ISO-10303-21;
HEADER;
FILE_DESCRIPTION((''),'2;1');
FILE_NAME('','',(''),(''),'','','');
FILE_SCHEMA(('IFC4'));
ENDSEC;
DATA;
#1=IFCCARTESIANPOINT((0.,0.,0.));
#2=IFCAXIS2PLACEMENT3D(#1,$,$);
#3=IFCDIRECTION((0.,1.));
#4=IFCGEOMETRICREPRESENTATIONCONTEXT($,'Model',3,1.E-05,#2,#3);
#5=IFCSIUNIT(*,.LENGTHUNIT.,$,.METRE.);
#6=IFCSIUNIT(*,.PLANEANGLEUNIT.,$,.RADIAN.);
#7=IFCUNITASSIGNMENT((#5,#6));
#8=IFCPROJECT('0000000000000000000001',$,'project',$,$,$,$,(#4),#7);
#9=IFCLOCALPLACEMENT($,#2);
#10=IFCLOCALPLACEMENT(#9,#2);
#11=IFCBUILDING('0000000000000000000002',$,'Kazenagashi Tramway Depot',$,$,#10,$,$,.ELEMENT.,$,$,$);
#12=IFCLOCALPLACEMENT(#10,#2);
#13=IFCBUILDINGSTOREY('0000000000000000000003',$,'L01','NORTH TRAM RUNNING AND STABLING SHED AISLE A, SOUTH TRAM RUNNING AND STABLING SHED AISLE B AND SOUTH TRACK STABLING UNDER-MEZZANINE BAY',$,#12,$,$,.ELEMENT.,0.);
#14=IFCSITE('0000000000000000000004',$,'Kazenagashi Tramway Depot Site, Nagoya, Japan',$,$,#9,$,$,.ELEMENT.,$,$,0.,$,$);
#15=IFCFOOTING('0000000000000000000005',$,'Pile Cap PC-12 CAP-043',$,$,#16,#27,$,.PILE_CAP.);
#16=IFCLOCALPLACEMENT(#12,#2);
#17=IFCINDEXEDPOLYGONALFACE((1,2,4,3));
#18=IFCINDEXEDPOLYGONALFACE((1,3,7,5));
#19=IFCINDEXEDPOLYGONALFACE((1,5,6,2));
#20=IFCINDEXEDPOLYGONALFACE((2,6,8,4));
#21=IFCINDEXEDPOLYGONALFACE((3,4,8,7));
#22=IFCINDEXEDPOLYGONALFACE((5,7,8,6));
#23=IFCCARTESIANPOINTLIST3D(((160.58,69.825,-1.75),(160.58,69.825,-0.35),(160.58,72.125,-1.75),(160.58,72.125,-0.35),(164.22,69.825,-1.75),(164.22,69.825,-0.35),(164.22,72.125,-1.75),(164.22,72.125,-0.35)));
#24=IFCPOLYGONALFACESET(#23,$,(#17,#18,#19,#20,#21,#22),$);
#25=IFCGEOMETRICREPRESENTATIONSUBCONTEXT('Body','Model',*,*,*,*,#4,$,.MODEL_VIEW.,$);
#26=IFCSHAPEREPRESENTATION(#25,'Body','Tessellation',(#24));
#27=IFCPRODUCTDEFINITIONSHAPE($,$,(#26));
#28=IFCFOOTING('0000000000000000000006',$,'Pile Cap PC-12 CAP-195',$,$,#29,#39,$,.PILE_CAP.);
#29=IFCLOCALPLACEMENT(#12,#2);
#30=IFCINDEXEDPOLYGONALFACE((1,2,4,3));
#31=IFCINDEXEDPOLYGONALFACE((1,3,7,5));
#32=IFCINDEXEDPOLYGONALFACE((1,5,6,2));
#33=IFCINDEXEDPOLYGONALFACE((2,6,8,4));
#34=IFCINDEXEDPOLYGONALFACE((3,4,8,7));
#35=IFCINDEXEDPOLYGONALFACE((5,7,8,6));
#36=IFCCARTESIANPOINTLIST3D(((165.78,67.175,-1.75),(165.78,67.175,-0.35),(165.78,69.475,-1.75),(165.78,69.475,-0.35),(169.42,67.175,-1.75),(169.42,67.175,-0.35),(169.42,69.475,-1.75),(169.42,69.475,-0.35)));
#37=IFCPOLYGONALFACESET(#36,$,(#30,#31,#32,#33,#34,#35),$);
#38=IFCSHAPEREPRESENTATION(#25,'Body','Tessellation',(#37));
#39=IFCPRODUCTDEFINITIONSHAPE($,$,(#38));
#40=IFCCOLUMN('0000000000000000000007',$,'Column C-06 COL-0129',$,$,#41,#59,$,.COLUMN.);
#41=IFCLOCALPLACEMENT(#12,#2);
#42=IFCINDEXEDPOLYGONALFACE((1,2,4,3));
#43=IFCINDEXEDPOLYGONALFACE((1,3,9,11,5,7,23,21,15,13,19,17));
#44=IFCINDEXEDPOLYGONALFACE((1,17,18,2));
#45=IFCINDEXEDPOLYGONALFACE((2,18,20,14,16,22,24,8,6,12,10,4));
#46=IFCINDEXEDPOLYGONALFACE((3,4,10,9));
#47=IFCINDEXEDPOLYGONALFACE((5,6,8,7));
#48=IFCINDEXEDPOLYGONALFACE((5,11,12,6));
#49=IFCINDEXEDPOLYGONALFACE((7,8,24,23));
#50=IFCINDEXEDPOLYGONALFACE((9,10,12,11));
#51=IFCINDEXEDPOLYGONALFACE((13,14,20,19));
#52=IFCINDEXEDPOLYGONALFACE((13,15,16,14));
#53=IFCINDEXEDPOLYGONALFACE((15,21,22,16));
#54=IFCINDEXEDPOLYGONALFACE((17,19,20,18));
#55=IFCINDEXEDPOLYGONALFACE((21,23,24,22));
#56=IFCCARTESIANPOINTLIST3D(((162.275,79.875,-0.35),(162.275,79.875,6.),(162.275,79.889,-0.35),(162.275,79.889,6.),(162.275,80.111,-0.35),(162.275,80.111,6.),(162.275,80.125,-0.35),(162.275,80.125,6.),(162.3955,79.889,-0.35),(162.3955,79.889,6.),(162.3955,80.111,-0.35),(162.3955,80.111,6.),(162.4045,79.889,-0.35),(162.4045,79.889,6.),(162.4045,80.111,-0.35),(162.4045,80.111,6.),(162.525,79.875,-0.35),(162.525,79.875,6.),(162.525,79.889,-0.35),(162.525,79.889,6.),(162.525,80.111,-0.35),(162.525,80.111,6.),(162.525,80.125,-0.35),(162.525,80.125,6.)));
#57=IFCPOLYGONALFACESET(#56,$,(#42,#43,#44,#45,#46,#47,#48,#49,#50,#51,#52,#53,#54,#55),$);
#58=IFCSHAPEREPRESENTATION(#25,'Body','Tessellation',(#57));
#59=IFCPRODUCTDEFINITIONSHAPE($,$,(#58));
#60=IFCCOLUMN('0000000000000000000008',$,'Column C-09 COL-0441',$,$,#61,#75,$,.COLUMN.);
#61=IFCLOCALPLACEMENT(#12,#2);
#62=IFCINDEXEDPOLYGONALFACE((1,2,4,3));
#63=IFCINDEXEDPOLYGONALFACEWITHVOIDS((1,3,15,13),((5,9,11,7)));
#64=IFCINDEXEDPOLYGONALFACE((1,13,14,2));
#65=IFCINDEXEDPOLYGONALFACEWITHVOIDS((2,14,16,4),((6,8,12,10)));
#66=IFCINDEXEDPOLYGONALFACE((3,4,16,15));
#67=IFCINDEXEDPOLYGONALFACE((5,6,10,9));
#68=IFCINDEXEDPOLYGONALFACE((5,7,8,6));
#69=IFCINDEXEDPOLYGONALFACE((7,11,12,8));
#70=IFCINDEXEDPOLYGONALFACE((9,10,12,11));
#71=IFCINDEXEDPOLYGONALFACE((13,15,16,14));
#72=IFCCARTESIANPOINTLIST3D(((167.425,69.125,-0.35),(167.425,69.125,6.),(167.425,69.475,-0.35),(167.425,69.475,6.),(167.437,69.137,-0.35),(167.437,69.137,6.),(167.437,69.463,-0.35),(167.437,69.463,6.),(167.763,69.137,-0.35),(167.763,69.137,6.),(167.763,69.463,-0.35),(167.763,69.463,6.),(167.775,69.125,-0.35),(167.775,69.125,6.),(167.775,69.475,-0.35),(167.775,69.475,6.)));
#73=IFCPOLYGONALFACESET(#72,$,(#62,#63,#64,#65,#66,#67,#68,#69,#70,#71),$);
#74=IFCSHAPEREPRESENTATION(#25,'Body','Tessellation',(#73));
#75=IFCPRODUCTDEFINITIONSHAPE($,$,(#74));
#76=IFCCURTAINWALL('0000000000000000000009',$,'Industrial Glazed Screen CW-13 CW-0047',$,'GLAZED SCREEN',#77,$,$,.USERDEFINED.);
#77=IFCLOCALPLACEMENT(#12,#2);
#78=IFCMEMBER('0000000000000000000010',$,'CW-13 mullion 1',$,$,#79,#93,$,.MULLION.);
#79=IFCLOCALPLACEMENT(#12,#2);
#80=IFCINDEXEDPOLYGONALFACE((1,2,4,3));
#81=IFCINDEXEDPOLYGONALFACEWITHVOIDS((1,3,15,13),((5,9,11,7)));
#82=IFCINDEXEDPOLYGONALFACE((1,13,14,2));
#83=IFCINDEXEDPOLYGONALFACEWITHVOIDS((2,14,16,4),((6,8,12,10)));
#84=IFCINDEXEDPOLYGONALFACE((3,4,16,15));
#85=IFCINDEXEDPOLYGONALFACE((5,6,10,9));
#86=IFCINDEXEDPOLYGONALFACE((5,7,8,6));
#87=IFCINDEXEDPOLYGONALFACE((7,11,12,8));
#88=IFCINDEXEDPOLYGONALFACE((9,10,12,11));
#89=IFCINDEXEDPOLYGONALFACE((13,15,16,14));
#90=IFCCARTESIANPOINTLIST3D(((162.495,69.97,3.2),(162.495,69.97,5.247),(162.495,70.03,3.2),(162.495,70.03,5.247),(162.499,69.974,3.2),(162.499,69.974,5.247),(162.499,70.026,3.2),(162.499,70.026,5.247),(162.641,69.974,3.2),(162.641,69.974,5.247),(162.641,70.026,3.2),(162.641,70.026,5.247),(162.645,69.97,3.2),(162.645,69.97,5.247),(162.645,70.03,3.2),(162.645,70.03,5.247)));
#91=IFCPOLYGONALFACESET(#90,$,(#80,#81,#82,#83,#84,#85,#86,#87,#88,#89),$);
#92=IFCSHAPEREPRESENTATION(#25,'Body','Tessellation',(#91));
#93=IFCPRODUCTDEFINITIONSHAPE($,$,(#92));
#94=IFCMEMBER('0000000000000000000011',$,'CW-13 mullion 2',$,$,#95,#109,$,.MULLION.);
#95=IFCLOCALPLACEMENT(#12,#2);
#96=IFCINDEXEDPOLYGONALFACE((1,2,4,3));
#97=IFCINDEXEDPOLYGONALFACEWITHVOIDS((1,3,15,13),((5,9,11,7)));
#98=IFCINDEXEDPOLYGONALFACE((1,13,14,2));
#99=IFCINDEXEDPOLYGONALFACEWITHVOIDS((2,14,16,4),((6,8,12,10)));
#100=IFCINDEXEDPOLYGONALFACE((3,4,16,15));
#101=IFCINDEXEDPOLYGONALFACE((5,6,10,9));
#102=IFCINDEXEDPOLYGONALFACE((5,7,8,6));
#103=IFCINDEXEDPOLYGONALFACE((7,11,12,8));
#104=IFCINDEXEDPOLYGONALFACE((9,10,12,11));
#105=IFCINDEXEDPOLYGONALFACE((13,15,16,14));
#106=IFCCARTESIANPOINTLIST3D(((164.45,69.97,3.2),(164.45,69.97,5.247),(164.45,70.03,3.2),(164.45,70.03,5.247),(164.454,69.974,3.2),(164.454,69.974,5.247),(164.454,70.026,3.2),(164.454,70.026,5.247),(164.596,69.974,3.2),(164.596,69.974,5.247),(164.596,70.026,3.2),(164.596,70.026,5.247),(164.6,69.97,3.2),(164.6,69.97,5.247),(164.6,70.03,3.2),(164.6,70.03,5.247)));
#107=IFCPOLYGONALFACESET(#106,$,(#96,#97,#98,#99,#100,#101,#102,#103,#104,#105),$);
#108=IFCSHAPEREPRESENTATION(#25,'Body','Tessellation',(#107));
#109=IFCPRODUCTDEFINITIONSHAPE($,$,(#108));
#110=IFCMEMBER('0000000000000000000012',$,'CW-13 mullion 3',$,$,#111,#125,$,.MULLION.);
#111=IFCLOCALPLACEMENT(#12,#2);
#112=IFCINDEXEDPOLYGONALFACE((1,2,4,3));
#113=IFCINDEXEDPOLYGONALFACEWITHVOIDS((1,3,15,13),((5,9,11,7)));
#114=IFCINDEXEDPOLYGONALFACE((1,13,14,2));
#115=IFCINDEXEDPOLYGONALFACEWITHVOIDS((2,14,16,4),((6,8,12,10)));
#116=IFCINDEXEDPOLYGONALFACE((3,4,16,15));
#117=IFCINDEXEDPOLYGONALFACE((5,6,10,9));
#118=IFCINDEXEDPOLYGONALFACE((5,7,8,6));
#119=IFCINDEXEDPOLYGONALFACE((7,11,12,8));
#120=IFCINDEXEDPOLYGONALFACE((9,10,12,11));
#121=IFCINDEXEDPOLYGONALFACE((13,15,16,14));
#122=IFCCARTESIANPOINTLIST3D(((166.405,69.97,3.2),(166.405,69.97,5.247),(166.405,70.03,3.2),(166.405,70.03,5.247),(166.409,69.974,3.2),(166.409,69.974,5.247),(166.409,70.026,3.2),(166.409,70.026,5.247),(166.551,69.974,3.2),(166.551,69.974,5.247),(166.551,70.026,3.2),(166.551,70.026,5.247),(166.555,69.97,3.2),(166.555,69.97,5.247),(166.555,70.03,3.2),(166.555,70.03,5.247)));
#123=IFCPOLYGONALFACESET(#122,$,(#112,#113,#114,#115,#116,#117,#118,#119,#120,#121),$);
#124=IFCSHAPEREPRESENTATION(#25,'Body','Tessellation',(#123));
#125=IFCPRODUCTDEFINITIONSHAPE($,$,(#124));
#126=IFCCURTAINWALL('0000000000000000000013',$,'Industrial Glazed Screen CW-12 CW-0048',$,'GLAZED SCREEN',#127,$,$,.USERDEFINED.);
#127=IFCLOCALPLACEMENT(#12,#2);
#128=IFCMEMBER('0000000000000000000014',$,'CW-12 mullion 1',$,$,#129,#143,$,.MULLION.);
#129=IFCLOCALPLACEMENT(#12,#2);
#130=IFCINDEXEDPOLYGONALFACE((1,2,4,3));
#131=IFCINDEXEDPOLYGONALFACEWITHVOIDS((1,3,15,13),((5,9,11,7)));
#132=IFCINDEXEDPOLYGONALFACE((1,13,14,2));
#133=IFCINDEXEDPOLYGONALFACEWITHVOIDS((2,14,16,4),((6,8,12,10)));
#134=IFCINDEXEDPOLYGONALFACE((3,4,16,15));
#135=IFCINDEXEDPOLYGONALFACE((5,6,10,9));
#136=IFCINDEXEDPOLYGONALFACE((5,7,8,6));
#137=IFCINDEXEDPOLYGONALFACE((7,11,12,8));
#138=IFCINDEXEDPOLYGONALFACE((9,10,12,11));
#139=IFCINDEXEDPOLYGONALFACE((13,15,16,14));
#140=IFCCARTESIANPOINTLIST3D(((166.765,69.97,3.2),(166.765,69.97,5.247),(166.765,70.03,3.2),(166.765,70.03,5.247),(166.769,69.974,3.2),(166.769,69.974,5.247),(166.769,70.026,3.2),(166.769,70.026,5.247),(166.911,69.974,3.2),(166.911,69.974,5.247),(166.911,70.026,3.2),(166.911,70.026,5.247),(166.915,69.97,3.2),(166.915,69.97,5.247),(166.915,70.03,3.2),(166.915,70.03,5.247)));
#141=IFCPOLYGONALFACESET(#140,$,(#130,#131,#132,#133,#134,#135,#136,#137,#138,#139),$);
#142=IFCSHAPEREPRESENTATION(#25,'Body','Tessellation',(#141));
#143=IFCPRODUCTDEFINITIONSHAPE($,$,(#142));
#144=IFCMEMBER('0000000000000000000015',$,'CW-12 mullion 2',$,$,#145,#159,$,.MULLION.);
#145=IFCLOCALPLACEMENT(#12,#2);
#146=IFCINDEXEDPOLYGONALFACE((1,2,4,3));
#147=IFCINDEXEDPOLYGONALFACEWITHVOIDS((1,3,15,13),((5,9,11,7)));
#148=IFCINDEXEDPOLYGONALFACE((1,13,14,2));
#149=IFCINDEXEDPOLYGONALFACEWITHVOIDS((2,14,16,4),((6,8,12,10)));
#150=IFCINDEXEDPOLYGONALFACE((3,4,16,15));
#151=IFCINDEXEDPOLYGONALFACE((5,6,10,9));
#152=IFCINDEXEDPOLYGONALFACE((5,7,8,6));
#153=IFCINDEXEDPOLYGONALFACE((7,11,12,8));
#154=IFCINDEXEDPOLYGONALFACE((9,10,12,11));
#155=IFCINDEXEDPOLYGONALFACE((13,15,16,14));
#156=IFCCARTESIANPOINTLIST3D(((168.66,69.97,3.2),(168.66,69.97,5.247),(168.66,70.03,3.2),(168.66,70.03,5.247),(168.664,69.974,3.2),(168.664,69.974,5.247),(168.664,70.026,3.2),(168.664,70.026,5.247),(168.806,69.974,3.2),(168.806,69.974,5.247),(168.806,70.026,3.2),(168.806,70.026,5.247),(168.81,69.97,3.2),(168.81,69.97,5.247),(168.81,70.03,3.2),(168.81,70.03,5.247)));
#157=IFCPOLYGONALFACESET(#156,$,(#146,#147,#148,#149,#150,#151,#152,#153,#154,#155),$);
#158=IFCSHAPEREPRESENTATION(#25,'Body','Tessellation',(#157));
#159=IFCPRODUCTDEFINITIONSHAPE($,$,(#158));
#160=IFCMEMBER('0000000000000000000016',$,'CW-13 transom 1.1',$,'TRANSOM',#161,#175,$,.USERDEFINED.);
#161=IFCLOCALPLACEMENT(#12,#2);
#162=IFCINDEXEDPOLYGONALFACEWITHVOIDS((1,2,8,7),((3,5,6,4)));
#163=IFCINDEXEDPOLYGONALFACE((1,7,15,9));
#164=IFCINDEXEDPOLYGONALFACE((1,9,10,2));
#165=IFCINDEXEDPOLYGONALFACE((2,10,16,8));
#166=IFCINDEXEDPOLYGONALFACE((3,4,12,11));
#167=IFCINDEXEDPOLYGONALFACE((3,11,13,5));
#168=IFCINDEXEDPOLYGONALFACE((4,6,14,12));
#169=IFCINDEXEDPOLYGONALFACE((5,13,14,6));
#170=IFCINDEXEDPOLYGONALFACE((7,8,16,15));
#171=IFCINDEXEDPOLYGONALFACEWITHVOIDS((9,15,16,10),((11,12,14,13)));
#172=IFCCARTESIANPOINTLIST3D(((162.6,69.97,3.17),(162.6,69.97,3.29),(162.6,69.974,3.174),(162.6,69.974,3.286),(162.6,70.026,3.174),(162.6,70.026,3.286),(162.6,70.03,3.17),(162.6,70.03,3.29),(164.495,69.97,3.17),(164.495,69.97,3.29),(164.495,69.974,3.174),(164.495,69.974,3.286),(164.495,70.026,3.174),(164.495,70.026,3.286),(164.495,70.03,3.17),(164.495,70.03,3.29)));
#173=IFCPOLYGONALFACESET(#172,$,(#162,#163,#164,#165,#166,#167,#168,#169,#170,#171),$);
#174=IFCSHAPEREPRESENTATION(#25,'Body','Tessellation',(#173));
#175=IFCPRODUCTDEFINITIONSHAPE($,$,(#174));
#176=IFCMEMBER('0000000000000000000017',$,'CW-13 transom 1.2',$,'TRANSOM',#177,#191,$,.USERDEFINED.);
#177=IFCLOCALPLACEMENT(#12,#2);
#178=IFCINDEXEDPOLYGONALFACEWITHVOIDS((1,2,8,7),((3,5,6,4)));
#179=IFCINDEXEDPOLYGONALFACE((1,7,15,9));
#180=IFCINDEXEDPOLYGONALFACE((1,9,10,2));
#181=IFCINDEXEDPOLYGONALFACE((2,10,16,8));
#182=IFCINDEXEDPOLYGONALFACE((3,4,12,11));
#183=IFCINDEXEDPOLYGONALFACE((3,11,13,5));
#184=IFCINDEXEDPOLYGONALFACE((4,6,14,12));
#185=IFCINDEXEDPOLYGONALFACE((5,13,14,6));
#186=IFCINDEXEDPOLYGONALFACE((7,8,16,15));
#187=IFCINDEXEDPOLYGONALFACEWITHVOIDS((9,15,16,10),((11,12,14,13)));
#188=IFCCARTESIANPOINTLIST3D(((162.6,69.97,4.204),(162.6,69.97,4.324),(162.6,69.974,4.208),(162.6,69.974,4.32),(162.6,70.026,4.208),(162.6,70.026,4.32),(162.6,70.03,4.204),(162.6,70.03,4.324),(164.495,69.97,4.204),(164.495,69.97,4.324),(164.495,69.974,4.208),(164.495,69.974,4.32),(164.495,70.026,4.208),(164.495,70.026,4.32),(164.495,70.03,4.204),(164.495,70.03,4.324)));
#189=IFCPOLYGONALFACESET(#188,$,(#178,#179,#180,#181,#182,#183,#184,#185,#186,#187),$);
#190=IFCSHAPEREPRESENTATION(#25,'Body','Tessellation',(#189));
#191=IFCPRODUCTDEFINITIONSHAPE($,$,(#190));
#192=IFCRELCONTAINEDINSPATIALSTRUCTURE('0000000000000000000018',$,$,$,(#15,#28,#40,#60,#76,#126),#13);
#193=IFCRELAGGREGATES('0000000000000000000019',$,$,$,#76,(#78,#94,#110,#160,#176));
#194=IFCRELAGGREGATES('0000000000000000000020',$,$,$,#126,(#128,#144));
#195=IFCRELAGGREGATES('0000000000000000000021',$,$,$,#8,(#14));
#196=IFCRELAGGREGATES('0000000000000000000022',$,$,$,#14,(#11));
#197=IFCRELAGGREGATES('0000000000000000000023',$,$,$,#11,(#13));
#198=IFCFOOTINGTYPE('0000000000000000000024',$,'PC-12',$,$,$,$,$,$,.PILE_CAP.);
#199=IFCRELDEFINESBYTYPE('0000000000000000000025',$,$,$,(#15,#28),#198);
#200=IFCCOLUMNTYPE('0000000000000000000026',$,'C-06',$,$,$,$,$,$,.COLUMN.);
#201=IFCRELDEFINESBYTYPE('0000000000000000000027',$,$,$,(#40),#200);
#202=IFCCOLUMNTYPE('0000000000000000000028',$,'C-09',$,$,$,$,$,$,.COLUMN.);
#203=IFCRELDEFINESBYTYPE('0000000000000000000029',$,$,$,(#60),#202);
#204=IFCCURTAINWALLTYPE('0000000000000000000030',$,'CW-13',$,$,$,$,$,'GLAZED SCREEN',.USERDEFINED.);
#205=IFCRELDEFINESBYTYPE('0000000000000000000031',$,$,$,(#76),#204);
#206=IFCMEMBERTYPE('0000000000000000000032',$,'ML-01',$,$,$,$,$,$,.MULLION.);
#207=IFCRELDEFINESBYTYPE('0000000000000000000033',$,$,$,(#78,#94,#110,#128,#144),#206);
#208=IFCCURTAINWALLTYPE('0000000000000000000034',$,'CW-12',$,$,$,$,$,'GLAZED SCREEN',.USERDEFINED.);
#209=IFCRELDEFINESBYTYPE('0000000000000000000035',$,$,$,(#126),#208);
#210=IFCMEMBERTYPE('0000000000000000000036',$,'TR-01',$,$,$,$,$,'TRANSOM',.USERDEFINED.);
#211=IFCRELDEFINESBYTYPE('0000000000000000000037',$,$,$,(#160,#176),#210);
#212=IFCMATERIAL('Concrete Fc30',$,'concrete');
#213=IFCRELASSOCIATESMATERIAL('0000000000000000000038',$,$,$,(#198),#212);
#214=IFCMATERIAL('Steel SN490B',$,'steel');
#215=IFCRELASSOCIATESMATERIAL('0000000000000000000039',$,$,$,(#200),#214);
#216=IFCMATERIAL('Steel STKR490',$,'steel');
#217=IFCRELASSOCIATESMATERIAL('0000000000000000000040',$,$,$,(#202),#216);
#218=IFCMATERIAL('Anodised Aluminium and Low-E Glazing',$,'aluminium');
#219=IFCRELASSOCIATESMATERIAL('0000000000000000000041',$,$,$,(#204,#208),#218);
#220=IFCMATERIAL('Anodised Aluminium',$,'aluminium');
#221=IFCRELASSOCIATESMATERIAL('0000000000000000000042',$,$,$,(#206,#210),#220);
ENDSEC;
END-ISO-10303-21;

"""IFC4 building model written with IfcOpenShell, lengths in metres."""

from ifc_helpers import new_model, si_unit, direction, frame, origin, origin_2d, place, context, subcontext, project, spatial, rectangle, hollow_rectangle, i_section, extrude, material, material_profile, profile_set, type_object, element, aggregate, save


model = new_model("IFC4")

# Units and contexts
model_context = context("Model", 3, precision=1e-05, world=origin(), true_north=direction((0.0, 1.0)))
body_context = subcontext(model_context, "Body", "Model", "MODEL_VIEW")
ifc_project = project(units=[si_unit("LENGTHUNIT", "METRE"), si_unit("PLANEANGLEUNIT", "RADIAN")], contexts=[model_context])

# Site, building, storey
site_placement = place(None, origin())
site = spatial("IfcSite", under=ifc_project, at=site_placement, Name="Kazenagashi Tramway Depot Site, Nagoya, Japan", CompositionType="ELEMENT", RefElevation=0.0)
building_placement = place(site_placement, origin())
building = spatial("IfcBuilding", under=site, at=building_placement, Name="Kazenagashi Tramway Depot", CompositionType="ELEMENT")
storey_placement = place(building_placement, origin())
storey = spatial("IfcBuildingStorey", under=building, at=storey_placement, Name="L01", Description="NORTH TRAM RUNNING AND STABLING SHED AISLE A, SOUTH TRAM RUNNING AND STABLING SHED AISLE B AND SOUTH TRACK STABLING UNDER-MEZZANINE BAY", CompositionType="ELEMENT", Elevation=0.0)

# Shared definitions
ifc_material_1 = material(Name="Concrete Fc30", Category="concrete")

# Footings
footing_type_1 = type_object("IfcFootingType", Name="PC-12", PredefinedType="PILE_CAP", material=ifc_material_1)
for number, where, z_axis, x_axis, name in (
    (1, (162.4, 70.975, -1.75), (0.0, 0.0, 1.0), (1.0, 0.0, 0.0), "Pile Cap PC-12 CAP-043"),
    (2, (167.6, 68.325, -1.75), (0.0, 0.0, 1.0), (1.0, 0.0, 0.0), "Pile Cap PC-12 CAP-195"),
):
    element("IfcFooting", number, at=place(storey_placement, frame(where, z_axis=z_axis, x_axis=x_axis)), inside=storey, type_object=footing_type_1, Name=name, PredefinedType="PILE_CAP", context=body_context, shape_type="SweptSolid", body=[
        extrude(rectangle(XDim=3.64, YDim=2.3, at=origin_2d()), origin(), (0.0, 0.0, 1.0), 1.4),
    ])

# Columns
ifc_material_2 = material(Name="Steel SN490B", Category="steel")
ifc_material_profile_1 = material_profile(ifc_material_2, i_section(OverallWidth=0.25, OverallDepth=0.25, WebThickness=0.009, FlangeThickness=0.014, at=origin_2d()), Name="H-250x250x9x14")
ifc_profile_set_1 = profile_set([ifc_material_profile_1], Name="Steel SN490B")
column_type_1 = type_object("IfcColumnType", Name="C-06", PredefinedType="COLUMN", material=ifc_profile_set_1)
column_1_placement = place(storey_placement, frame((162.4, 80.0, -0.35), z_axis=(0.0, 0.0, 1.0), x_axis=(1.0, 0.0, 0.0)))
element("IfcColumn", 3, at=column_1_placement, inside=storey, type_object=column_type_1, Name="Column C-06 COL-0129", PredefinedType="COLUMN", context=body_context, shape_type="SweptSolid", body=[
    extrude(i_section(OverallWidth=0.25, OverallDepth=0.25, WebThickness=0.009, FlangeThickness=0.014, at=origin_2d()), origin(), (0.0, 0.0, 1.0), 6.35),
])
ifc_material_3 = material(Name="Steel STKR490", Category="steel")
ifc_material_profile_2 = material_profile(ifc_material_3, hollow_rectangle(XDim=0.35, YDim=0.35, WallThickness=0.012, at=origin_2d()), Name="SHS-350x350x12")
ifc_profile_set_2 = profile_set([ifc_material_profile_2], Name="Steel STKR490")
column_type_2 = type_object("IfcColumnType", Name="C-09", PredefinedType="COLUMN", material=ifc_profile_set_2)
column_2_placement = place(storey_placement, frame((167.6, 69.3, -0.35), z_axis=(0.0, 0.0, 1.0), x_axis=(1.0, 0.0, 0.0)))
element("IfcColumn", 4, at=column_2_placement, inside=storey, type_object=column_type_2, Name="Column C-09 COL-0441", PredefinedType="COLUMN", context=body_context, shape_type="SweptSolid", body=[
    extrude(hollow_rectangle(XDim=0.35, YDim=0.35, WallThickness=0.012, at=origin_2d()), origin(), (0.0, 0.0, 1.0), 6.35),
])

# Curtain walls, members
ifc_material_4 = material(Name="Anodised Aluminium and Low-E Glazing", Category="aluminium")
curtain_wall_type_1 = type_object("IfcCurtainWallType", Name="CW-13", ElementType="GLAZED SCREEN", PredefinedType="USERDEFINED", material=ifc_material_4)
curtain_wall_1_placement = place(storey_placement, origin())
curtain_wall_1 = element("IfcCurtainWall", 5, at=curtain_wall_1_placement, inside=storey, type_object=curtain_wall_type_1, Name="Industrial Glazed Screen CW-13 CW-0047", ObjectType="GLAZED SCREEN", PredefinedType="USERDEFINED")
ifc_material_5 = material(Name="Anodised Aluminium", Category="aluminium")
ifc_material_profile_3 = material_profile(ifc_material_5, hollow_rectangle(XDim=0.06, YDim=0.15, WallThickness=0.004, at=origin_2d()), Name="RHS-150x60x4")
ifc_profile_set_3 = profile_set([ifc_material_profile_3], Name="Anodised Aluminium")
member_type_1 = type_object("IfcMemberType", Name="ML-01", PredefinedType="MULLION", material=ifc_profile_set_3)
member_1_placement = place(storey_placement, frame((162.57, 70.0, 3.2), z_axis=(0.0, 0.0, 1.0), x_axis=(0.0, 1.0, 0.0)))
member_1 = element("IfcMember", 6, at=member_1_placement, type_object=member_type_1, Name="CW-13 mullion 1", PredefinedType="MULLION", context=body_context, shape_type="SweptSolid", body=[
    extrude(hollow_rectangle(XDim=0.06, YDim=0.15, WallThickness=0.004, at=origin_2d()), origin(), (0.0, 0.0, 1.0), 2.047),
])
member_2_placement = place(storey_placement, frame((164.525, 70.0, 3.2), z_axis=(0.0, 0.0, 1.0), x_axis=(0.0, 1.0, 0.0)))
member_2 = element("IfcMember", 7, at=member_2_placement, type_object=member_type_1, Name="CW-13 mullion 2", PredefinedType="MULLION", context=body_context, shape_type="SweptSolid", body=[
    extrude(hollow_rectangle(XDim=0.06, YDim=0.15, WallThickness=0.004, at=origin_2d()), origin(), (0.0, 0.0, 1.0), 2.047),
])
member_3_placement = place(storey_placement, frame((166.48, 70.0, 3.2), z_axis=(0.0, 0.0, 1.0), x_axis=(0.0, 1.0, 0.0)))
member_3 = element("IfcMember", 8, at=member_3_placement, type_object=member_type_1, Name="CW-13 mullion 3", PredefinedType="MULLION", context=body_context, shape_type="SweptSolid", body=[
    extrude(hollow_rectangle(XDim=0.06, YDim=0.15, WallThickness=0.004, at=origin_2d()), origin(), (0.0, 0.0, 1.0), 2.047),
])
curtain_wall_type_2 = type_object("IfcCurtainWallType", Name="CW-12", ElementType="GLAZED SCREEN", PredefinedType="USERDEFINED", material=ifc_material_4)
curtain_wall_2_placement = place(storey_placement, origin())
curtain_wall_2 = element("IfcCurtainWall", 9, at=curtain_wall_2_placement, inside=storey, type_object=curtain_wall_type_2, Name="Industrial Glazed Screen CW-12 CW-0048", ObjectType="GLAZED SCREEN", PredefinedType="USERDEFINED")
member_4_placement = place(storey_placement, frame((166.84, 70.0, 3.2), z_axis=(0.0, 0.0, 1.0), x_axis=(0.0, 1.0, 0.0)))
member_4 = element("IfcMember", 10, at=member_4_placement, type_object=member_type_1, Name="CW-12 mullion 1", PredefinedType="MULLION", context=body_context, shape_type="SweptSolid", body=[
    extrude(hollow_rectangle(XDim=0.06, YDim=0.15, WallThickness=0.004, at=origin_2d()), origin(), (0.0, 0.0, 1.0), 2.047),
])
member_5_placement = place(storey_placement, frame((168.735, 70.0, 3.2), z_axis=(0.0, 0.0, 1.0), x_axis=(0.0, 1.0, 0.0)))
member_5 = element("IfcMember", 11, at=member_5_placement, type_object=member_type_1, Name="CW-12 mullion 2", PredefinedType="MULLION", context=body_context, shape_type="SweptSolid", body=[
    extrude(hollow_rectangle(XDim=0.06, YDim=0.15, WallThickness=0.004, at=origin_2d()), origin(), (0.0, 0.0, 1.0), 2.047),
])

# Members
ifc_material_profile_4 = material_profile(ifc_material_5, hollow_rectangle(XDim=0.06, YDim=0.12, WallThickness=0.004, at=origin_2d()), Name="RHS-120x60x4")
ifc_profile_set_4 = profile_set([ifc_material_profile_4], Name="Anodised Aluminium")
member_type_2 = type_object("IfcMemberType", Name="TR-01", ElementType="TRANSOM", PredefinedType="USERDEFINED", material=ifc_profile_set_4)
member_6_placement = place(storey_placement, frame((162.6, 70.0, 3.23), z_axis=(1.0, 0.0, 0.0), x_axis=(0.0, 1.0, 0.0)))
member_6 = element("IfcMember", 12, at=member_6_placement, type_object=member_type_2, Name="CW-13 transom 1.1", ObjectType="TRANSOM", PredefinedType="USERDEFINED", context=body_context, shape_type="SweptSolid", body=[
    extrude(hollow_rectangle(XDim=0.06, YDim=0.12, WallThickness=0.004, at=origin_2d()), origin(), (0.0, 0.0, 1.0), 1.895),
])
member_7_placement = place(storey_placement, frame((162.6, 70.0, 4.264), z_axis=(1.0, 0.0, 0.0), x_axis=(0.0, 1.0, 0.0)))
member_7 = element("IfcMember", 13, at=member_7_placement, type_object=member_type_2, Name="CW-13 transom 1.2", ObjectType="TRANSOM", PredefinedType="USERDEFINED", context=body_context, shape_type="SweptSolid", body=[
    extrude(hollow_rectangle(XDim=0.06, YDim=0.12, WallThickness=0.004, at=origin_2d()), origin(), (0.0, 0.0, 1.0), 1.895),
])

aggregate(curtain_wall_1, [member_1, member_2, member_3, member_6, member_7])
aggregate(curtain_wall_2, [member_4, member_5])

save(model, "model.ifc")
